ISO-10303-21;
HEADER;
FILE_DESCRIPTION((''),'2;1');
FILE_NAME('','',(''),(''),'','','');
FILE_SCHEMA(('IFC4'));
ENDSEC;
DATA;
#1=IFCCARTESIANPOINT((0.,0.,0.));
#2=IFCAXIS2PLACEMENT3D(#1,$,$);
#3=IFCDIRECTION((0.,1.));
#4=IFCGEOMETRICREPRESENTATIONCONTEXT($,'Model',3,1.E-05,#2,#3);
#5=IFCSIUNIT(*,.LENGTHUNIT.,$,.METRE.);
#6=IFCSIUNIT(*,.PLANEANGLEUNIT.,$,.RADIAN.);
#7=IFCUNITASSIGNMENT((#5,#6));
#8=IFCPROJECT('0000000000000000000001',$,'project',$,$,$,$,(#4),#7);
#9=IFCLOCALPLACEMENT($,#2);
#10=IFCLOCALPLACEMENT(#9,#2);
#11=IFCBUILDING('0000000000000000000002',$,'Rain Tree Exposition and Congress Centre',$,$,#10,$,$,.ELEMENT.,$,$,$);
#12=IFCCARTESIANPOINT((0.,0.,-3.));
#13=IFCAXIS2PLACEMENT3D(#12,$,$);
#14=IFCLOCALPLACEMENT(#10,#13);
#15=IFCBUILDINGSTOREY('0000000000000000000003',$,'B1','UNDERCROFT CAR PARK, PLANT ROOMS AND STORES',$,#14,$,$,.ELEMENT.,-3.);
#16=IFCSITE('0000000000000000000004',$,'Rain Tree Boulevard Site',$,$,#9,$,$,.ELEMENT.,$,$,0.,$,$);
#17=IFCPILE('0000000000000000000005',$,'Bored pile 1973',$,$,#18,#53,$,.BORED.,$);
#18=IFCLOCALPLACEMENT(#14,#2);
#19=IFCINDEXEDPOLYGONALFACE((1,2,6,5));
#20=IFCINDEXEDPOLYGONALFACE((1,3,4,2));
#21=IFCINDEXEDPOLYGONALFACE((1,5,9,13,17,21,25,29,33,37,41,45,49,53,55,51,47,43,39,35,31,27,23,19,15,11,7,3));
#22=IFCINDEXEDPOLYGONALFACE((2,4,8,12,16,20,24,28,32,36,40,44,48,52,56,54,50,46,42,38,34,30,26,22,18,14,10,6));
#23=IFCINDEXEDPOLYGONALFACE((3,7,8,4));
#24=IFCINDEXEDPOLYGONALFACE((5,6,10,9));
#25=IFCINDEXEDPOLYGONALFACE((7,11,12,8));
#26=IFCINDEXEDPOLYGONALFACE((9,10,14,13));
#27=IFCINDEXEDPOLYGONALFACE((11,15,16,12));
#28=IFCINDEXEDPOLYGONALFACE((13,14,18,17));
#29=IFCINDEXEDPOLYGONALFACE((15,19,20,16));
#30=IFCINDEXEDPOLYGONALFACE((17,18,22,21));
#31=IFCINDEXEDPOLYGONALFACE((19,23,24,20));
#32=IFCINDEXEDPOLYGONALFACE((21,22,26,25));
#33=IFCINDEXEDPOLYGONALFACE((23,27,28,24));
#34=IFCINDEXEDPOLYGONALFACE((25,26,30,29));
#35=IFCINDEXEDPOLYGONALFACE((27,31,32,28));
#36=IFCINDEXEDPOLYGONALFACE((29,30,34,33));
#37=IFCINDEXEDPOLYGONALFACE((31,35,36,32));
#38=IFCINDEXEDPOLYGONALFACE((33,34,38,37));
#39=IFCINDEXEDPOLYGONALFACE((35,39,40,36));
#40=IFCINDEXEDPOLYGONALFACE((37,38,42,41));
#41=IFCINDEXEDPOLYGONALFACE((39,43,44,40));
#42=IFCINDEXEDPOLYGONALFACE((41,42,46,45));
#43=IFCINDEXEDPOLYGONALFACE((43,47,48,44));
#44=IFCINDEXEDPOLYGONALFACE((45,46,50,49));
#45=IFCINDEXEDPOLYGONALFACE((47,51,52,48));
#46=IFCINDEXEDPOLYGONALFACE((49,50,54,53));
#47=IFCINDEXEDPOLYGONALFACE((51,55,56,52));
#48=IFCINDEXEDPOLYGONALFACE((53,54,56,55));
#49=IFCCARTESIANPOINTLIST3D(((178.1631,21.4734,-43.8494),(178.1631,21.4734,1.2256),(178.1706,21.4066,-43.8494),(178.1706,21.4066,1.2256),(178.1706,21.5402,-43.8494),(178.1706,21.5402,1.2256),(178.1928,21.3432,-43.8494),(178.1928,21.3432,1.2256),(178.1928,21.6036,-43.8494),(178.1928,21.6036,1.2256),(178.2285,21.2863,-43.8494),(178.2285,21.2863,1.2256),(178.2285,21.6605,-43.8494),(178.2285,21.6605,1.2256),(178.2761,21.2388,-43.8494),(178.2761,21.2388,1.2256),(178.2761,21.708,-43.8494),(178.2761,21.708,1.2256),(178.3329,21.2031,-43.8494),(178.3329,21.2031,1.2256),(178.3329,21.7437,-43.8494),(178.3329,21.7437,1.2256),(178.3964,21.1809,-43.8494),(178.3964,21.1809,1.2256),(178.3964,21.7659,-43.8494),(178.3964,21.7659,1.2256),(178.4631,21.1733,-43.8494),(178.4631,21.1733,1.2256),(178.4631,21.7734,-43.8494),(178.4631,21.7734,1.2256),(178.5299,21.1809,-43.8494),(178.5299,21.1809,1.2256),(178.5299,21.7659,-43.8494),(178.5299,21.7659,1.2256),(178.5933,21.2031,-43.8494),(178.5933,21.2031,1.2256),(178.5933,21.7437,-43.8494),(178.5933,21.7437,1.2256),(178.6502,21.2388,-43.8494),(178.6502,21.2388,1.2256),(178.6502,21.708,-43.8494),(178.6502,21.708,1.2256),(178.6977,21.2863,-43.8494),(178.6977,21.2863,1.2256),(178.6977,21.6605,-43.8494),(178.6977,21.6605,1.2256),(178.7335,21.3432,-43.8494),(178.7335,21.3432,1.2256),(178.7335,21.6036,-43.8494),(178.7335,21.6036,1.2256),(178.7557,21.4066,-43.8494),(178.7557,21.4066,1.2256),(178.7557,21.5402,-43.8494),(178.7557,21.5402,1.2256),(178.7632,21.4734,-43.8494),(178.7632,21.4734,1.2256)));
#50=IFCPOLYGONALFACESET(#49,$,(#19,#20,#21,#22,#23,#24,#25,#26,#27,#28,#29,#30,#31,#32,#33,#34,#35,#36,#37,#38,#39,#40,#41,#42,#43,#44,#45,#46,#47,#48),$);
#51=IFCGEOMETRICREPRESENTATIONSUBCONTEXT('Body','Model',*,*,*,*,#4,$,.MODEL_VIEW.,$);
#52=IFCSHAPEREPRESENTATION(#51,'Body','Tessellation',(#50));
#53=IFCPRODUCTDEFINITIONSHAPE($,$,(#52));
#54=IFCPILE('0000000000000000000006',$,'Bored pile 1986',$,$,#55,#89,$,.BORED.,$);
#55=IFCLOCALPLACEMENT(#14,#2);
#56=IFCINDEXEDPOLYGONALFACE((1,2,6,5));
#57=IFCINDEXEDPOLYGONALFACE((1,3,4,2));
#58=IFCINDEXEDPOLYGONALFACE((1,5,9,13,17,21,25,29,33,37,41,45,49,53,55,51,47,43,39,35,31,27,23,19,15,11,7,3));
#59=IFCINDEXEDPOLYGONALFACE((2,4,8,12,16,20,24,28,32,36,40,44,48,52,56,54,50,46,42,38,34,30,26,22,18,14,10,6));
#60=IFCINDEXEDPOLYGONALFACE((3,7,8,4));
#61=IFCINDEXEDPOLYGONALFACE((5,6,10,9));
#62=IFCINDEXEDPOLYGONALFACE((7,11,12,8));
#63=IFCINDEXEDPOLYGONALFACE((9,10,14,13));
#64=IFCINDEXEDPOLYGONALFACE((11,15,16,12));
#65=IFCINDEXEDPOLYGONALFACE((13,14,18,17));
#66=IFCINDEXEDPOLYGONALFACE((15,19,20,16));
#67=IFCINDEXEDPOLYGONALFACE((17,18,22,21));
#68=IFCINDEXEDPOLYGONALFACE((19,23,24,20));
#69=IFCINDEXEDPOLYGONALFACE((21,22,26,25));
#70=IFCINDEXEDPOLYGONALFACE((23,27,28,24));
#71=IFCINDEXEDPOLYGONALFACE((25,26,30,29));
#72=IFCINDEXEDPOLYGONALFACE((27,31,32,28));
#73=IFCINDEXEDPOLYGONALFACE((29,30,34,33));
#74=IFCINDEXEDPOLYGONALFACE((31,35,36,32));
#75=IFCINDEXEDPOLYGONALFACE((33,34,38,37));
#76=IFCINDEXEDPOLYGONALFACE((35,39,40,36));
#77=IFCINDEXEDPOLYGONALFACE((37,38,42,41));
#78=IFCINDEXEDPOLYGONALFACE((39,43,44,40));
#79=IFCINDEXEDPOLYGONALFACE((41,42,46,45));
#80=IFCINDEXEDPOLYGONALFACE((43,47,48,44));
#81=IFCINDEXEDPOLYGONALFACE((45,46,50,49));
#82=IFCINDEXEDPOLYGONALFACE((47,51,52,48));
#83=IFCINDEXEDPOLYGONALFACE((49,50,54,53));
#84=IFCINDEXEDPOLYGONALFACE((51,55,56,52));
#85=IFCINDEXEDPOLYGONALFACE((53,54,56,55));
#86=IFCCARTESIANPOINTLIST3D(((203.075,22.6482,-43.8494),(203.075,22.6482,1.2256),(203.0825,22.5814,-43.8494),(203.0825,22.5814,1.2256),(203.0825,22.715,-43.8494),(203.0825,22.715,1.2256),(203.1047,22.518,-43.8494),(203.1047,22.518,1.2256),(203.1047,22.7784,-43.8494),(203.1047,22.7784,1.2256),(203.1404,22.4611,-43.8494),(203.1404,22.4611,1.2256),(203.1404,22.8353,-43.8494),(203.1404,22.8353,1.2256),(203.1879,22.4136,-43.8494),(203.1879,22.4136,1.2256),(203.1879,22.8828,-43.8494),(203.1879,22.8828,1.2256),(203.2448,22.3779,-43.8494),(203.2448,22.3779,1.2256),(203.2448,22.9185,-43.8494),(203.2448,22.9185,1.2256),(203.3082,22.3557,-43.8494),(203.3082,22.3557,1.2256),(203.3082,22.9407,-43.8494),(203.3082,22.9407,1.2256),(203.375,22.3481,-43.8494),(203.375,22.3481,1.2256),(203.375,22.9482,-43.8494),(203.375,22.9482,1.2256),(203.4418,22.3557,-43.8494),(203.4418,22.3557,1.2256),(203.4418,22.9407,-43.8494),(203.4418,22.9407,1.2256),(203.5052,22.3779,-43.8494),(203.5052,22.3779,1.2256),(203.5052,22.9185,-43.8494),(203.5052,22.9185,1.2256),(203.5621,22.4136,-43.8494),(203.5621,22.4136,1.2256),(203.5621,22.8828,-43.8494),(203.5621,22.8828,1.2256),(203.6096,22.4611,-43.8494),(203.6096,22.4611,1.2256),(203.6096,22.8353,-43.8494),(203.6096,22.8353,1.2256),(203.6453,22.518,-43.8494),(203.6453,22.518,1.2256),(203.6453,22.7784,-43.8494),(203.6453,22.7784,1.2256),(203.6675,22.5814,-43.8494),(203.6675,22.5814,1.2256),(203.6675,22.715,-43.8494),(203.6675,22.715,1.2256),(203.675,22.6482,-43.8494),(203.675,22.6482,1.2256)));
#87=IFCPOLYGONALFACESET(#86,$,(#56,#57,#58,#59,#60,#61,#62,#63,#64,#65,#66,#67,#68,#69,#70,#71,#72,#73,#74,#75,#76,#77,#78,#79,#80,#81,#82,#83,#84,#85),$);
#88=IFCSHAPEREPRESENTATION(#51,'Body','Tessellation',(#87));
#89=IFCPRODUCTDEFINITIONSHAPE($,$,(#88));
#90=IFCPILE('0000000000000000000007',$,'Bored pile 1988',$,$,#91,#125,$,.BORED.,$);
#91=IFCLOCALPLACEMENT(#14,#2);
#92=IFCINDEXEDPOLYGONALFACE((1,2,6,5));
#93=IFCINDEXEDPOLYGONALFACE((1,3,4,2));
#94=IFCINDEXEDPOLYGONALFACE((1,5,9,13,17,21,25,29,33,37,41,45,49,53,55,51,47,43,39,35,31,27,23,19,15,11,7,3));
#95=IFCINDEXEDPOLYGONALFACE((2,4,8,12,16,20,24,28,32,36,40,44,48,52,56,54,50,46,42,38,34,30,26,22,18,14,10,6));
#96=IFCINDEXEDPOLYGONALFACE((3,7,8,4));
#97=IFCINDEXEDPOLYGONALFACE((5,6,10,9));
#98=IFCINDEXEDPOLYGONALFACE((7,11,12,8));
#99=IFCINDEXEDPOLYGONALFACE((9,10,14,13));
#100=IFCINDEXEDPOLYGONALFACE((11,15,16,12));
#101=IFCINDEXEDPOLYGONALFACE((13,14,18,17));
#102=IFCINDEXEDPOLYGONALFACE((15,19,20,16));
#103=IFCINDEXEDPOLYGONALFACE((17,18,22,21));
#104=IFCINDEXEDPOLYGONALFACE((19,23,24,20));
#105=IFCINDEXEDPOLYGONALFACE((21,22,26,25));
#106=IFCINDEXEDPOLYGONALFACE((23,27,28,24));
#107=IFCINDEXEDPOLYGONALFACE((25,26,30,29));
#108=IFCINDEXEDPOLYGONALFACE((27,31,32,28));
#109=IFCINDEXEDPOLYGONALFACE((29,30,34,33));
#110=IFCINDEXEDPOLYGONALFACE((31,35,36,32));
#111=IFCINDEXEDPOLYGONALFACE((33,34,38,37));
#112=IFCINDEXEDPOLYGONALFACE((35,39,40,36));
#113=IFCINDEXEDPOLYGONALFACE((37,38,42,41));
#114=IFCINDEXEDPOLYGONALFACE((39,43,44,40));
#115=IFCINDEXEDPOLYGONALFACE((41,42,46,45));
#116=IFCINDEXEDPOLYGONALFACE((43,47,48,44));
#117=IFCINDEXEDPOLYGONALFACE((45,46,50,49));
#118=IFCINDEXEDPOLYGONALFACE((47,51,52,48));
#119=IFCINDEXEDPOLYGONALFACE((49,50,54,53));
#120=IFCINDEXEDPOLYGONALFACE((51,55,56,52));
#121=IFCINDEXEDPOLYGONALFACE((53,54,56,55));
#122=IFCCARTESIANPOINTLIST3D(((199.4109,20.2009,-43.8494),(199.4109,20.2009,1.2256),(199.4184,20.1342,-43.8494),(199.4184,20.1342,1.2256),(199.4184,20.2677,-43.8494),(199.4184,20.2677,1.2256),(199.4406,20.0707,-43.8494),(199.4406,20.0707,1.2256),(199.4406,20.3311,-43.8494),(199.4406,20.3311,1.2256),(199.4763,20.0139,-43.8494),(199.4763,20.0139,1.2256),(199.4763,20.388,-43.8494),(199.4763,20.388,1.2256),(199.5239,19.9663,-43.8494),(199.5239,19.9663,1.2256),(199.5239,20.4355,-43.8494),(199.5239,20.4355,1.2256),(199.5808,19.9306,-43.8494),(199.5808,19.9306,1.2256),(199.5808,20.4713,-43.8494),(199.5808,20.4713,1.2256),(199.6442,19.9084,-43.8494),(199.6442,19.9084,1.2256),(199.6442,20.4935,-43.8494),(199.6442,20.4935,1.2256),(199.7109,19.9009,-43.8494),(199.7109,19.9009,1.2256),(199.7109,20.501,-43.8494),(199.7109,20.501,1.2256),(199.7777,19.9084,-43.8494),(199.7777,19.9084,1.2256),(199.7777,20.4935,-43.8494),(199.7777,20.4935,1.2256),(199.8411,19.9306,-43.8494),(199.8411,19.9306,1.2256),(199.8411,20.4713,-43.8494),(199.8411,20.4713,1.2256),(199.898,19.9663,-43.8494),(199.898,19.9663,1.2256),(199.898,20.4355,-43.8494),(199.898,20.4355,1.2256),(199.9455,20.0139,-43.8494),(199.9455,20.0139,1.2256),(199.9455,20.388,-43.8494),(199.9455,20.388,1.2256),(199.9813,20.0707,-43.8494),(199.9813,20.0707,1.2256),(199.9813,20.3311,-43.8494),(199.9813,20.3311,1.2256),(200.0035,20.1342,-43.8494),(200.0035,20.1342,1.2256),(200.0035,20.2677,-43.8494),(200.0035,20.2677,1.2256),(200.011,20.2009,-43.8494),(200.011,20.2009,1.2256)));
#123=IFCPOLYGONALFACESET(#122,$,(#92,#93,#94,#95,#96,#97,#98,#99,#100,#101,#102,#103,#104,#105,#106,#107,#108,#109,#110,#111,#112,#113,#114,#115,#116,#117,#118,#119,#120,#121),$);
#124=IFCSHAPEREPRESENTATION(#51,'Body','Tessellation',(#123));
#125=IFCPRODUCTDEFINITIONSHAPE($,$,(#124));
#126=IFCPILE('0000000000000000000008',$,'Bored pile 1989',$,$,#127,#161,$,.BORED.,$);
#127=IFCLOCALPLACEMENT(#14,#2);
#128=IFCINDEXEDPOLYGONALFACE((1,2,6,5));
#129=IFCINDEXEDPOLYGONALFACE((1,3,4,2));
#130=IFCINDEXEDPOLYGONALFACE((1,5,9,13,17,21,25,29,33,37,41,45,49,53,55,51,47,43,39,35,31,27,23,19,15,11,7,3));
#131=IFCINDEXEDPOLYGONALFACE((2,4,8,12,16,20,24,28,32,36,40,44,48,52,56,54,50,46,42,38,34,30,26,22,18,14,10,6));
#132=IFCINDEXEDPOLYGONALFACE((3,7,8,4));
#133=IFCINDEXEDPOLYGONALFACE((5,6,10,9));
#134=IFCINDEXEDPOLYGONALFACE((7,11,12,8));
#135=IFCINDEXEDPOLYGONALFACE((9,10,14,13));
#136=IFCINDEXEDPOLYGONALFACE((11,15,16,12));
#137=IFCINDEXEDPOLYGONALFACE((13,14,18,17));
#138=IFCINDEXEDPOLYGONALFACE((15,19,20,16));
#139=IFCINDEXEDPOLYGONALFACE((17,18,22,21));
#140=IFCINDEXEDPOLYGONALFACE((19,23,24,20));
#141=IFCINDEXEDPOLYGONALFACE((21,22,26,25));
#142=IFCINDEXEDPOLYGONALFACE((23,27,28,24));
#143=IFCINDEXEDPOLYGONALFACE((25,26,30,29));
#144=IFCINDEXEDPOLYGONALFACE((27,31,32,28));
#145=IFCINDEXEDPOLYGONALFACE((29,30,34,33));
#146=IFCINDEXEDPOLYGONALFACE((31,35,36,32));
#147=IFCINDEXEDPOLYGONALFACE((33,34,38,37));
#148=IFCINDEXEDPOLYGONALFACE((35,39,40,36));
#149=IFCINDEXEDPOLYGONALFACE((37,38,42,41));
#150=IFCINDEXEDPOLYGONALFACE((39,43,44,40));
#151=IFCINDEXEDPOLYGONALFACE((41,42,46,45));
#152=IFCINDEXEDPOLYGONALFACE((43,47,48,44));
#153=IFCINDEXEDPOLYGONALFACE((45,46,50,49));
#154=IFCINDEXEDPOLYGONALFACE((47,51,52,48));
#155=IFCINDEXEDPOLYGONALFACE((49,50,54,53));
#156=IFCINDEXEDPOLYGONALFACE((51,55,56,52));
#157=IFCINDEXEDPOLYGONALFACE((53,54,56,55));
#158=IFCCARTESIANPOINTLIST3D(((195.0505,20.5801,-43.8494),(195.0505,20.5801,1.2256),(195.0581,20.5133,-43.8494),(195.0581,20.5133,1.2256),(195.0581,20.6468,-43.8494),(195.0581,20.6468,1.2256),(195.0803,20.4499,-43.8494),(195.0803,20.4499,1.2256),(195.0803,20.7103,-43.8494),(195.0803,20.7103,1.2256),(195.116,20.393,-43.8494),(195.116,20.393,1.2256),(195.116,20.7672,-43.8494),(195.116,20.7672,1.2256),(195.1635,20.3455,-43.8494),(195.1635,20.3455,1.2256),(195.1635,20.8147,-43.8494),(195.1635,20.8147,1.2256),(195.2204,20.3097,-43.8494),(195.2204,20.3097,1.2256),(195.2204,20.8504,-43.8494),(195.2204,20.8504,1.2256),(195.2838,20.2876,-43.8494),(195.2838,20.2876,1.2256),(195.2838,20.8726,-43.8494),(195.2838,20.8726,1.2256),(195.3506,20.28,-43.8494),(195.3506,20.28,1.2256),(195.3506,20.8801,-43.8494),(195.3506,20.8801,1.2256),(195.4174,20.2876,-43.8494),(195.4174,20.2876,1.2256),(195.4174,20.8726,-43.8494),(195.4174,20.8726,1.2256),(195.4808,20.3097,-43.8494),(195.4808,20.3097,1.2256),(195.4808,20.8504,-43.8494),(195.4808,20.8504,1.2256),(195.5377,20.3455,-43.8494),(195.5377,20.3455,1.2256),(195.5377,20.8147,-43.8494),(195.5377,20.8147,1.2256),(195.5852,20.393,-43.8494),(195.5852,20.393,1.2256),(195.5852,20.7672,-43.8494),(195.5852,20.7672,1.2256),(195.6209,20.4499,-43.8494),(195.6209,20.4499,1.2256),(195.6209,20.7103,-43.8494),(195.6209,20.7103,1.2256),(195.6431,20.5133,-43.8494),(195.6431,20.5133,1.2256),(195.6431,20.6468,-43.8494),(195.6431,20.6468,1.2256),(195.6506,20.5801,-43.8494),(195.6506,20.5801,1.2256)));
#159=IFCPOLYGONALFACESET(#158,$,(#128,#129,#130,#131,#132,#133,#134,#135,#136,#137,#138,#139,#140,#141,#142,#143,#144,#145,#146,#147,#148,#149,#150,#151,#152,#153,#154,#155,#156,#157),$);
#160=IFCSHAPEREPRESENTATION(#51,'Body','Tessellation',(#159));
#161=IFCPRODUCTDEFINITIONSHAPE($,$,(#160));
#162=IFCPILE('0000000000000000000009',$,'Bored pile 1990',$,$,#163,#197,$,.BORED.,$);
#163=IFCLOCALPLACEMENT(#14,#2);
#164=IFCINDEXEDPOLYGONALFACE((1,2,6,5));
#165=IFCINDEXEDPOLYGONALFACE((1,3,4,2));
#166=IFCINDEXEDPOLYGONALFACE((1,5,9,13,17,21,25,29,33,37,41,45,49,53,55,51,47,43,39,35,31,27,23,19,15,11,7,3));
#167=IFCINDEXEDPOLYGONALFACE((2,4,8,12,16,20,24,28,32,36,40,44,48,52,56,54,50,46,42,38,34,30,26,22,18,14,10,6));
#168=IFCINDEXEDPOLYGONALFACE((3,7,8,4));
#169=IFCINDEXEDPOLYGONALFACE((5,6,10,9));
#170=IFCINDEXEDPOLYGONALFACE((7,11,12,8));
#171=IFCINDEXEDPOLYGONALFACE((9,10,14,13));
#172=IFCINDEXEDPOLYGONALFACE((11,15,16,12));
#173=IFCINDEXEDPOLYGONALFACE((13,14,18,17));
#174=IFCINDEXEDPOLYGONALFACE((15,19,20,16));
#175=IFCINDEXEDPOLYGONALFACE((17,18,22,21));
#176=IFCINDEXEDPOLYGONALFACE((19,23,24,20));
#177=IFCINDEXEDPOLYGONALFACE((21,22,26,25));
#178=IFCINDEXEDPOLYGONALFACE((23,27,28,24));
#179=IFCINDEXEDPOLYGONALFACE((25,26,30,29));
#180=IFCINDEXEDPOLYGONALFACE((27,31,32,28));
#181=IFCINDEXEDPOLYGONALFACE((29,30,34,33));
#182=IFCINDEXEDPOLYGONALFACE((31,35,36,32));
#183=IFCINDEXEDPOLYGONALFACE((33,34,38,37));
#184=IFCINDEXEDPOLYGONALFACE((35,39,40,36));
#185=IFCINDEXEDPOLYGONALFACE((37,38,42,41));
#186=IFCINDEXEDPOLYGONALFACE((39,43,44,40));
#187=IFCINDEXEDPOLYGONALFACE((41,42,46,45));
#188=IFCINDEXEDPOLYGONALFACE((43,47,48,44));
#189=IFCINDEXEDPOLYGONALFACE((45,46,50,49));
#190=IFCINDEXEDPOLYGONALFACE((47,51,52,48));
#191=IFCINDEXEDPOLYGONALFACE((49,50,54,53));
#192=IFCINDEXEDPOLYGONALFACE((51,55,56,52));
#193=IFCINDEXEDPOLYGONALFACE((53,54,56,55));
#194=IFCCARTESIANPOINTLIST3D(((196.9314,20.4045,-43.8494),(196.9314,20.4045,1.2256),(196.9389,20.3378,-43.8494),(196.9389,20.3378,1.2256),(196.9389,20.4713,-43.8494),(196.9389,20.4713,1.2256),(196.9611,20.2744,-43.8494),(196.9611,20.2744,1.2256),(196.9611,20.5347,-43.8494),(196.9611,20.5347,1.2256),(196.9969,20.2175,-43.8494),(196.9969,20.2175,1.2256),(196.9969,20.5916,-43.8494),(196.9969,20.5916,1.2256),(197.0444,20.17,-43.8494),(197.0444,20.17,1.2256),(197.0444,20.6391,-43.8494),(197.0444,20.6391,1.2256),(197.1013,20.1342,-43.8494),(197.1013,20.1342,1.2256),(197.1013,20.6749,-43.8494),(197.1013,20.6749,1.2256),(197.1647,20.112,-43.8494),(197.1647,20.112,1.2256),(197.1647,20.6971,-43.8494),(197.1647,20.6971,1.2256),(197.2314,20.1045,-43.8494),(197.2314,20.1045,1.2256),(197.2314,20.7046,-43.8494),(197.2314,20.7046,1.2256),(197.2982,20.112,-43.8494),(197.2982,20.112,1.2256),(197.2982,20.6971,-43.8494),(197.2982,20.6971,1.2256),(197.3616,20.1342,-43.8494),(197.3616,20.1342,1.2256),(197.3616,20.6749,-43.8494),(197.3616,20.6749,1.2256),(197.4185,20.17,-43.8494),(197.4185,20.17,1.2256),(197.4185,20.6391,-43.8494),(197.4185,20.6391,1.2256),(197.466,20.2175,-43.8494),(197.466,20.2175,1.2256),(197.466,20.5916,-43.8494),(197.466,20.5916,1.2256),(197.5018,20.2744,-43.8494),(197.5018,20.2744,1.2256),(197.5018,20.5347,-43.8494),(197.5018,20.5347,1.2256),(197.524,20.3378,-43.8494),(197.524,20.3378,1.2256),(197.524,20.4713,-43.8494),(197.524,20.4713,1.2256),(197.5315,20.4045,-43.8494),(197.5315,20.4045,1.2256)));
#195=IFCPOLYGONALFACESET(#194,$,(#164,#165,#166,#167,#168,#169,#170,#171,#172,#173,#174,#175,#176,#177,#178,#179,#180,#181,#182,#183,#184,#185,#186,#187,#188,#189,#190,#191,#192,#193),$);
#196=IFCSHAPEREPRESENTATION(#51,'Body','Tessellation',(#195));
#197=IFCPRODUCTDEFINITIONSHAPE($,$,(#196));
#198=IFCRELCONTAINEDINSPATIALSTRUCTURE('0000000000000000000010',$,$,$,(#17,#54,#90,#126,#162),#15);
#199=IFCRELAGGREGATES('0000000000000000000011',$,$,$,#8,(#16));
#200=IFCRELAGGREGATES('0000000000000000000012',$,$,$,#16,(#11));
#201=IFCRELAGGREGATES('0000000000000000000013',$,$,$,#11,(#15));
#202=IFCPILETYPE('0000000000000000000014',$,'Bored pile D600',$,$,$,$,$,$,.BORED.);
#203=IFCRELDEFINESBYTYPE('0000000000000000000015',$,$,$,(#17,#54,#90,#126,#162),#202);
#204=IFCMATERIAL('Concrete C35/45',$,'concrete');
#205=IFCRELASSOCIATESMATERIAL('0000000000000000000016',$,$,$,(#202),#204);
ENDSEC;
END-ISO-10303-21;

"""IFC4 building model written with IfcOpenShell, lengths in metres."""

from ifc_helpers import new_model, si_unit, direction, frame, origin, origin_2d, place, context, subcontext, project, spatial, circle, extrude, material, material_profile, profile_set, type_object, element, save


model = new_model("IFC4")

# Units and contexts
model_context = context("Model", 3, precision=1e-05, world=origin(), true_north=direction((0.0, 1.0)))
body_context = subcontext(model_context, "Body", "Model", "MODEL_VIEW")
ifc_project = project(units=[si_unit("LENGTHUNIT", "METRE"), si_unit("PLANEANGLEUNIT", "RADIAN")], contexts=[model_context])

# Site, building, storey
site_placement = place(None, origin())
site = spatial("IfcSite", under=ifc_project, at=site_placement, Name="Rain Tree Boulevard Site", CompositionType="ELEMENT", RefElevation=0.0)
building_placement = place(site_placement, origin())
building = spatial("IfcBuilding", under=site, at=building_placement, Name="Rain Tree Exposition and Congress Centre", CompositionType="ELEMENT")
storey_placement = place(building_placement, frame((0.0, 0.0, -3.0)))
storey = spatial("IfcBuildingStorey", under=building, at=storey_placement, Name="B1", Description="UNDERCROFT CAR PARK, PLANT ROOMS AND STORES", CompositionType="ELEMENT", Elevation=-3.0)

# Piles
ifc_material_1 = material(Name="Concrete C35/45", Category="concrete")
ifc_material_profile = material_profile(ifc_material_1, circle(Radius=0.3, at=origin_2d()), Name="D600")
ifc_profile_set = profile_set([ifc_material_profile], Name="Concrete C35/45")
pile_type = type_object("IfcPileType", Name="Bored pile D600", PredefinedType="BORED", material=ifc_profile_set)
for number, where, z_axis, x_axis, name in (
    (1, (178.4631, 21.4734, 1.2256), (0.0, 0.0, -1.0), (1.0, 0.0, 0.0), "Bored pile 1973"),
    (2, (203.375, 22.6482, 1.2256), (0.0, 0.0, -1.0), (1.0, 0.0, 0.0), "Bored pile 1986"),
    (3, (199.7109, 20.2009, 1.2256), (0.0, 0.0, -1.0), (1.0, 0.0, 0.0), "Bored pile 1988"),
    (4, (195.3506, 20.5801, 1.2256), (0.0, 0.0, -1.0), (1.0, 0.0, 0.0), "Bored pile 1989"),
    (5, (197.2314, 20.4045, 1.2256), (0.0, 0.0, -1.0), (1.0, 0.0, 0.0), "Bored pile 1990"),
):
    element("IfcPile", number, at=place(storey_placement, frame(where, z_axis=z_axis, x_axis=x_axis)), inside=storey, type_object=pile_type, Name=name, PredefinedType="BORED", context=body_context, shape_type="SweptSolid", body=[
        extrude(circle(Radius=0.3, at=origin_2d()), origin(), (0.0, 0.0, 1.0), 45.075),
    ])

save(model, "model.ifc")
